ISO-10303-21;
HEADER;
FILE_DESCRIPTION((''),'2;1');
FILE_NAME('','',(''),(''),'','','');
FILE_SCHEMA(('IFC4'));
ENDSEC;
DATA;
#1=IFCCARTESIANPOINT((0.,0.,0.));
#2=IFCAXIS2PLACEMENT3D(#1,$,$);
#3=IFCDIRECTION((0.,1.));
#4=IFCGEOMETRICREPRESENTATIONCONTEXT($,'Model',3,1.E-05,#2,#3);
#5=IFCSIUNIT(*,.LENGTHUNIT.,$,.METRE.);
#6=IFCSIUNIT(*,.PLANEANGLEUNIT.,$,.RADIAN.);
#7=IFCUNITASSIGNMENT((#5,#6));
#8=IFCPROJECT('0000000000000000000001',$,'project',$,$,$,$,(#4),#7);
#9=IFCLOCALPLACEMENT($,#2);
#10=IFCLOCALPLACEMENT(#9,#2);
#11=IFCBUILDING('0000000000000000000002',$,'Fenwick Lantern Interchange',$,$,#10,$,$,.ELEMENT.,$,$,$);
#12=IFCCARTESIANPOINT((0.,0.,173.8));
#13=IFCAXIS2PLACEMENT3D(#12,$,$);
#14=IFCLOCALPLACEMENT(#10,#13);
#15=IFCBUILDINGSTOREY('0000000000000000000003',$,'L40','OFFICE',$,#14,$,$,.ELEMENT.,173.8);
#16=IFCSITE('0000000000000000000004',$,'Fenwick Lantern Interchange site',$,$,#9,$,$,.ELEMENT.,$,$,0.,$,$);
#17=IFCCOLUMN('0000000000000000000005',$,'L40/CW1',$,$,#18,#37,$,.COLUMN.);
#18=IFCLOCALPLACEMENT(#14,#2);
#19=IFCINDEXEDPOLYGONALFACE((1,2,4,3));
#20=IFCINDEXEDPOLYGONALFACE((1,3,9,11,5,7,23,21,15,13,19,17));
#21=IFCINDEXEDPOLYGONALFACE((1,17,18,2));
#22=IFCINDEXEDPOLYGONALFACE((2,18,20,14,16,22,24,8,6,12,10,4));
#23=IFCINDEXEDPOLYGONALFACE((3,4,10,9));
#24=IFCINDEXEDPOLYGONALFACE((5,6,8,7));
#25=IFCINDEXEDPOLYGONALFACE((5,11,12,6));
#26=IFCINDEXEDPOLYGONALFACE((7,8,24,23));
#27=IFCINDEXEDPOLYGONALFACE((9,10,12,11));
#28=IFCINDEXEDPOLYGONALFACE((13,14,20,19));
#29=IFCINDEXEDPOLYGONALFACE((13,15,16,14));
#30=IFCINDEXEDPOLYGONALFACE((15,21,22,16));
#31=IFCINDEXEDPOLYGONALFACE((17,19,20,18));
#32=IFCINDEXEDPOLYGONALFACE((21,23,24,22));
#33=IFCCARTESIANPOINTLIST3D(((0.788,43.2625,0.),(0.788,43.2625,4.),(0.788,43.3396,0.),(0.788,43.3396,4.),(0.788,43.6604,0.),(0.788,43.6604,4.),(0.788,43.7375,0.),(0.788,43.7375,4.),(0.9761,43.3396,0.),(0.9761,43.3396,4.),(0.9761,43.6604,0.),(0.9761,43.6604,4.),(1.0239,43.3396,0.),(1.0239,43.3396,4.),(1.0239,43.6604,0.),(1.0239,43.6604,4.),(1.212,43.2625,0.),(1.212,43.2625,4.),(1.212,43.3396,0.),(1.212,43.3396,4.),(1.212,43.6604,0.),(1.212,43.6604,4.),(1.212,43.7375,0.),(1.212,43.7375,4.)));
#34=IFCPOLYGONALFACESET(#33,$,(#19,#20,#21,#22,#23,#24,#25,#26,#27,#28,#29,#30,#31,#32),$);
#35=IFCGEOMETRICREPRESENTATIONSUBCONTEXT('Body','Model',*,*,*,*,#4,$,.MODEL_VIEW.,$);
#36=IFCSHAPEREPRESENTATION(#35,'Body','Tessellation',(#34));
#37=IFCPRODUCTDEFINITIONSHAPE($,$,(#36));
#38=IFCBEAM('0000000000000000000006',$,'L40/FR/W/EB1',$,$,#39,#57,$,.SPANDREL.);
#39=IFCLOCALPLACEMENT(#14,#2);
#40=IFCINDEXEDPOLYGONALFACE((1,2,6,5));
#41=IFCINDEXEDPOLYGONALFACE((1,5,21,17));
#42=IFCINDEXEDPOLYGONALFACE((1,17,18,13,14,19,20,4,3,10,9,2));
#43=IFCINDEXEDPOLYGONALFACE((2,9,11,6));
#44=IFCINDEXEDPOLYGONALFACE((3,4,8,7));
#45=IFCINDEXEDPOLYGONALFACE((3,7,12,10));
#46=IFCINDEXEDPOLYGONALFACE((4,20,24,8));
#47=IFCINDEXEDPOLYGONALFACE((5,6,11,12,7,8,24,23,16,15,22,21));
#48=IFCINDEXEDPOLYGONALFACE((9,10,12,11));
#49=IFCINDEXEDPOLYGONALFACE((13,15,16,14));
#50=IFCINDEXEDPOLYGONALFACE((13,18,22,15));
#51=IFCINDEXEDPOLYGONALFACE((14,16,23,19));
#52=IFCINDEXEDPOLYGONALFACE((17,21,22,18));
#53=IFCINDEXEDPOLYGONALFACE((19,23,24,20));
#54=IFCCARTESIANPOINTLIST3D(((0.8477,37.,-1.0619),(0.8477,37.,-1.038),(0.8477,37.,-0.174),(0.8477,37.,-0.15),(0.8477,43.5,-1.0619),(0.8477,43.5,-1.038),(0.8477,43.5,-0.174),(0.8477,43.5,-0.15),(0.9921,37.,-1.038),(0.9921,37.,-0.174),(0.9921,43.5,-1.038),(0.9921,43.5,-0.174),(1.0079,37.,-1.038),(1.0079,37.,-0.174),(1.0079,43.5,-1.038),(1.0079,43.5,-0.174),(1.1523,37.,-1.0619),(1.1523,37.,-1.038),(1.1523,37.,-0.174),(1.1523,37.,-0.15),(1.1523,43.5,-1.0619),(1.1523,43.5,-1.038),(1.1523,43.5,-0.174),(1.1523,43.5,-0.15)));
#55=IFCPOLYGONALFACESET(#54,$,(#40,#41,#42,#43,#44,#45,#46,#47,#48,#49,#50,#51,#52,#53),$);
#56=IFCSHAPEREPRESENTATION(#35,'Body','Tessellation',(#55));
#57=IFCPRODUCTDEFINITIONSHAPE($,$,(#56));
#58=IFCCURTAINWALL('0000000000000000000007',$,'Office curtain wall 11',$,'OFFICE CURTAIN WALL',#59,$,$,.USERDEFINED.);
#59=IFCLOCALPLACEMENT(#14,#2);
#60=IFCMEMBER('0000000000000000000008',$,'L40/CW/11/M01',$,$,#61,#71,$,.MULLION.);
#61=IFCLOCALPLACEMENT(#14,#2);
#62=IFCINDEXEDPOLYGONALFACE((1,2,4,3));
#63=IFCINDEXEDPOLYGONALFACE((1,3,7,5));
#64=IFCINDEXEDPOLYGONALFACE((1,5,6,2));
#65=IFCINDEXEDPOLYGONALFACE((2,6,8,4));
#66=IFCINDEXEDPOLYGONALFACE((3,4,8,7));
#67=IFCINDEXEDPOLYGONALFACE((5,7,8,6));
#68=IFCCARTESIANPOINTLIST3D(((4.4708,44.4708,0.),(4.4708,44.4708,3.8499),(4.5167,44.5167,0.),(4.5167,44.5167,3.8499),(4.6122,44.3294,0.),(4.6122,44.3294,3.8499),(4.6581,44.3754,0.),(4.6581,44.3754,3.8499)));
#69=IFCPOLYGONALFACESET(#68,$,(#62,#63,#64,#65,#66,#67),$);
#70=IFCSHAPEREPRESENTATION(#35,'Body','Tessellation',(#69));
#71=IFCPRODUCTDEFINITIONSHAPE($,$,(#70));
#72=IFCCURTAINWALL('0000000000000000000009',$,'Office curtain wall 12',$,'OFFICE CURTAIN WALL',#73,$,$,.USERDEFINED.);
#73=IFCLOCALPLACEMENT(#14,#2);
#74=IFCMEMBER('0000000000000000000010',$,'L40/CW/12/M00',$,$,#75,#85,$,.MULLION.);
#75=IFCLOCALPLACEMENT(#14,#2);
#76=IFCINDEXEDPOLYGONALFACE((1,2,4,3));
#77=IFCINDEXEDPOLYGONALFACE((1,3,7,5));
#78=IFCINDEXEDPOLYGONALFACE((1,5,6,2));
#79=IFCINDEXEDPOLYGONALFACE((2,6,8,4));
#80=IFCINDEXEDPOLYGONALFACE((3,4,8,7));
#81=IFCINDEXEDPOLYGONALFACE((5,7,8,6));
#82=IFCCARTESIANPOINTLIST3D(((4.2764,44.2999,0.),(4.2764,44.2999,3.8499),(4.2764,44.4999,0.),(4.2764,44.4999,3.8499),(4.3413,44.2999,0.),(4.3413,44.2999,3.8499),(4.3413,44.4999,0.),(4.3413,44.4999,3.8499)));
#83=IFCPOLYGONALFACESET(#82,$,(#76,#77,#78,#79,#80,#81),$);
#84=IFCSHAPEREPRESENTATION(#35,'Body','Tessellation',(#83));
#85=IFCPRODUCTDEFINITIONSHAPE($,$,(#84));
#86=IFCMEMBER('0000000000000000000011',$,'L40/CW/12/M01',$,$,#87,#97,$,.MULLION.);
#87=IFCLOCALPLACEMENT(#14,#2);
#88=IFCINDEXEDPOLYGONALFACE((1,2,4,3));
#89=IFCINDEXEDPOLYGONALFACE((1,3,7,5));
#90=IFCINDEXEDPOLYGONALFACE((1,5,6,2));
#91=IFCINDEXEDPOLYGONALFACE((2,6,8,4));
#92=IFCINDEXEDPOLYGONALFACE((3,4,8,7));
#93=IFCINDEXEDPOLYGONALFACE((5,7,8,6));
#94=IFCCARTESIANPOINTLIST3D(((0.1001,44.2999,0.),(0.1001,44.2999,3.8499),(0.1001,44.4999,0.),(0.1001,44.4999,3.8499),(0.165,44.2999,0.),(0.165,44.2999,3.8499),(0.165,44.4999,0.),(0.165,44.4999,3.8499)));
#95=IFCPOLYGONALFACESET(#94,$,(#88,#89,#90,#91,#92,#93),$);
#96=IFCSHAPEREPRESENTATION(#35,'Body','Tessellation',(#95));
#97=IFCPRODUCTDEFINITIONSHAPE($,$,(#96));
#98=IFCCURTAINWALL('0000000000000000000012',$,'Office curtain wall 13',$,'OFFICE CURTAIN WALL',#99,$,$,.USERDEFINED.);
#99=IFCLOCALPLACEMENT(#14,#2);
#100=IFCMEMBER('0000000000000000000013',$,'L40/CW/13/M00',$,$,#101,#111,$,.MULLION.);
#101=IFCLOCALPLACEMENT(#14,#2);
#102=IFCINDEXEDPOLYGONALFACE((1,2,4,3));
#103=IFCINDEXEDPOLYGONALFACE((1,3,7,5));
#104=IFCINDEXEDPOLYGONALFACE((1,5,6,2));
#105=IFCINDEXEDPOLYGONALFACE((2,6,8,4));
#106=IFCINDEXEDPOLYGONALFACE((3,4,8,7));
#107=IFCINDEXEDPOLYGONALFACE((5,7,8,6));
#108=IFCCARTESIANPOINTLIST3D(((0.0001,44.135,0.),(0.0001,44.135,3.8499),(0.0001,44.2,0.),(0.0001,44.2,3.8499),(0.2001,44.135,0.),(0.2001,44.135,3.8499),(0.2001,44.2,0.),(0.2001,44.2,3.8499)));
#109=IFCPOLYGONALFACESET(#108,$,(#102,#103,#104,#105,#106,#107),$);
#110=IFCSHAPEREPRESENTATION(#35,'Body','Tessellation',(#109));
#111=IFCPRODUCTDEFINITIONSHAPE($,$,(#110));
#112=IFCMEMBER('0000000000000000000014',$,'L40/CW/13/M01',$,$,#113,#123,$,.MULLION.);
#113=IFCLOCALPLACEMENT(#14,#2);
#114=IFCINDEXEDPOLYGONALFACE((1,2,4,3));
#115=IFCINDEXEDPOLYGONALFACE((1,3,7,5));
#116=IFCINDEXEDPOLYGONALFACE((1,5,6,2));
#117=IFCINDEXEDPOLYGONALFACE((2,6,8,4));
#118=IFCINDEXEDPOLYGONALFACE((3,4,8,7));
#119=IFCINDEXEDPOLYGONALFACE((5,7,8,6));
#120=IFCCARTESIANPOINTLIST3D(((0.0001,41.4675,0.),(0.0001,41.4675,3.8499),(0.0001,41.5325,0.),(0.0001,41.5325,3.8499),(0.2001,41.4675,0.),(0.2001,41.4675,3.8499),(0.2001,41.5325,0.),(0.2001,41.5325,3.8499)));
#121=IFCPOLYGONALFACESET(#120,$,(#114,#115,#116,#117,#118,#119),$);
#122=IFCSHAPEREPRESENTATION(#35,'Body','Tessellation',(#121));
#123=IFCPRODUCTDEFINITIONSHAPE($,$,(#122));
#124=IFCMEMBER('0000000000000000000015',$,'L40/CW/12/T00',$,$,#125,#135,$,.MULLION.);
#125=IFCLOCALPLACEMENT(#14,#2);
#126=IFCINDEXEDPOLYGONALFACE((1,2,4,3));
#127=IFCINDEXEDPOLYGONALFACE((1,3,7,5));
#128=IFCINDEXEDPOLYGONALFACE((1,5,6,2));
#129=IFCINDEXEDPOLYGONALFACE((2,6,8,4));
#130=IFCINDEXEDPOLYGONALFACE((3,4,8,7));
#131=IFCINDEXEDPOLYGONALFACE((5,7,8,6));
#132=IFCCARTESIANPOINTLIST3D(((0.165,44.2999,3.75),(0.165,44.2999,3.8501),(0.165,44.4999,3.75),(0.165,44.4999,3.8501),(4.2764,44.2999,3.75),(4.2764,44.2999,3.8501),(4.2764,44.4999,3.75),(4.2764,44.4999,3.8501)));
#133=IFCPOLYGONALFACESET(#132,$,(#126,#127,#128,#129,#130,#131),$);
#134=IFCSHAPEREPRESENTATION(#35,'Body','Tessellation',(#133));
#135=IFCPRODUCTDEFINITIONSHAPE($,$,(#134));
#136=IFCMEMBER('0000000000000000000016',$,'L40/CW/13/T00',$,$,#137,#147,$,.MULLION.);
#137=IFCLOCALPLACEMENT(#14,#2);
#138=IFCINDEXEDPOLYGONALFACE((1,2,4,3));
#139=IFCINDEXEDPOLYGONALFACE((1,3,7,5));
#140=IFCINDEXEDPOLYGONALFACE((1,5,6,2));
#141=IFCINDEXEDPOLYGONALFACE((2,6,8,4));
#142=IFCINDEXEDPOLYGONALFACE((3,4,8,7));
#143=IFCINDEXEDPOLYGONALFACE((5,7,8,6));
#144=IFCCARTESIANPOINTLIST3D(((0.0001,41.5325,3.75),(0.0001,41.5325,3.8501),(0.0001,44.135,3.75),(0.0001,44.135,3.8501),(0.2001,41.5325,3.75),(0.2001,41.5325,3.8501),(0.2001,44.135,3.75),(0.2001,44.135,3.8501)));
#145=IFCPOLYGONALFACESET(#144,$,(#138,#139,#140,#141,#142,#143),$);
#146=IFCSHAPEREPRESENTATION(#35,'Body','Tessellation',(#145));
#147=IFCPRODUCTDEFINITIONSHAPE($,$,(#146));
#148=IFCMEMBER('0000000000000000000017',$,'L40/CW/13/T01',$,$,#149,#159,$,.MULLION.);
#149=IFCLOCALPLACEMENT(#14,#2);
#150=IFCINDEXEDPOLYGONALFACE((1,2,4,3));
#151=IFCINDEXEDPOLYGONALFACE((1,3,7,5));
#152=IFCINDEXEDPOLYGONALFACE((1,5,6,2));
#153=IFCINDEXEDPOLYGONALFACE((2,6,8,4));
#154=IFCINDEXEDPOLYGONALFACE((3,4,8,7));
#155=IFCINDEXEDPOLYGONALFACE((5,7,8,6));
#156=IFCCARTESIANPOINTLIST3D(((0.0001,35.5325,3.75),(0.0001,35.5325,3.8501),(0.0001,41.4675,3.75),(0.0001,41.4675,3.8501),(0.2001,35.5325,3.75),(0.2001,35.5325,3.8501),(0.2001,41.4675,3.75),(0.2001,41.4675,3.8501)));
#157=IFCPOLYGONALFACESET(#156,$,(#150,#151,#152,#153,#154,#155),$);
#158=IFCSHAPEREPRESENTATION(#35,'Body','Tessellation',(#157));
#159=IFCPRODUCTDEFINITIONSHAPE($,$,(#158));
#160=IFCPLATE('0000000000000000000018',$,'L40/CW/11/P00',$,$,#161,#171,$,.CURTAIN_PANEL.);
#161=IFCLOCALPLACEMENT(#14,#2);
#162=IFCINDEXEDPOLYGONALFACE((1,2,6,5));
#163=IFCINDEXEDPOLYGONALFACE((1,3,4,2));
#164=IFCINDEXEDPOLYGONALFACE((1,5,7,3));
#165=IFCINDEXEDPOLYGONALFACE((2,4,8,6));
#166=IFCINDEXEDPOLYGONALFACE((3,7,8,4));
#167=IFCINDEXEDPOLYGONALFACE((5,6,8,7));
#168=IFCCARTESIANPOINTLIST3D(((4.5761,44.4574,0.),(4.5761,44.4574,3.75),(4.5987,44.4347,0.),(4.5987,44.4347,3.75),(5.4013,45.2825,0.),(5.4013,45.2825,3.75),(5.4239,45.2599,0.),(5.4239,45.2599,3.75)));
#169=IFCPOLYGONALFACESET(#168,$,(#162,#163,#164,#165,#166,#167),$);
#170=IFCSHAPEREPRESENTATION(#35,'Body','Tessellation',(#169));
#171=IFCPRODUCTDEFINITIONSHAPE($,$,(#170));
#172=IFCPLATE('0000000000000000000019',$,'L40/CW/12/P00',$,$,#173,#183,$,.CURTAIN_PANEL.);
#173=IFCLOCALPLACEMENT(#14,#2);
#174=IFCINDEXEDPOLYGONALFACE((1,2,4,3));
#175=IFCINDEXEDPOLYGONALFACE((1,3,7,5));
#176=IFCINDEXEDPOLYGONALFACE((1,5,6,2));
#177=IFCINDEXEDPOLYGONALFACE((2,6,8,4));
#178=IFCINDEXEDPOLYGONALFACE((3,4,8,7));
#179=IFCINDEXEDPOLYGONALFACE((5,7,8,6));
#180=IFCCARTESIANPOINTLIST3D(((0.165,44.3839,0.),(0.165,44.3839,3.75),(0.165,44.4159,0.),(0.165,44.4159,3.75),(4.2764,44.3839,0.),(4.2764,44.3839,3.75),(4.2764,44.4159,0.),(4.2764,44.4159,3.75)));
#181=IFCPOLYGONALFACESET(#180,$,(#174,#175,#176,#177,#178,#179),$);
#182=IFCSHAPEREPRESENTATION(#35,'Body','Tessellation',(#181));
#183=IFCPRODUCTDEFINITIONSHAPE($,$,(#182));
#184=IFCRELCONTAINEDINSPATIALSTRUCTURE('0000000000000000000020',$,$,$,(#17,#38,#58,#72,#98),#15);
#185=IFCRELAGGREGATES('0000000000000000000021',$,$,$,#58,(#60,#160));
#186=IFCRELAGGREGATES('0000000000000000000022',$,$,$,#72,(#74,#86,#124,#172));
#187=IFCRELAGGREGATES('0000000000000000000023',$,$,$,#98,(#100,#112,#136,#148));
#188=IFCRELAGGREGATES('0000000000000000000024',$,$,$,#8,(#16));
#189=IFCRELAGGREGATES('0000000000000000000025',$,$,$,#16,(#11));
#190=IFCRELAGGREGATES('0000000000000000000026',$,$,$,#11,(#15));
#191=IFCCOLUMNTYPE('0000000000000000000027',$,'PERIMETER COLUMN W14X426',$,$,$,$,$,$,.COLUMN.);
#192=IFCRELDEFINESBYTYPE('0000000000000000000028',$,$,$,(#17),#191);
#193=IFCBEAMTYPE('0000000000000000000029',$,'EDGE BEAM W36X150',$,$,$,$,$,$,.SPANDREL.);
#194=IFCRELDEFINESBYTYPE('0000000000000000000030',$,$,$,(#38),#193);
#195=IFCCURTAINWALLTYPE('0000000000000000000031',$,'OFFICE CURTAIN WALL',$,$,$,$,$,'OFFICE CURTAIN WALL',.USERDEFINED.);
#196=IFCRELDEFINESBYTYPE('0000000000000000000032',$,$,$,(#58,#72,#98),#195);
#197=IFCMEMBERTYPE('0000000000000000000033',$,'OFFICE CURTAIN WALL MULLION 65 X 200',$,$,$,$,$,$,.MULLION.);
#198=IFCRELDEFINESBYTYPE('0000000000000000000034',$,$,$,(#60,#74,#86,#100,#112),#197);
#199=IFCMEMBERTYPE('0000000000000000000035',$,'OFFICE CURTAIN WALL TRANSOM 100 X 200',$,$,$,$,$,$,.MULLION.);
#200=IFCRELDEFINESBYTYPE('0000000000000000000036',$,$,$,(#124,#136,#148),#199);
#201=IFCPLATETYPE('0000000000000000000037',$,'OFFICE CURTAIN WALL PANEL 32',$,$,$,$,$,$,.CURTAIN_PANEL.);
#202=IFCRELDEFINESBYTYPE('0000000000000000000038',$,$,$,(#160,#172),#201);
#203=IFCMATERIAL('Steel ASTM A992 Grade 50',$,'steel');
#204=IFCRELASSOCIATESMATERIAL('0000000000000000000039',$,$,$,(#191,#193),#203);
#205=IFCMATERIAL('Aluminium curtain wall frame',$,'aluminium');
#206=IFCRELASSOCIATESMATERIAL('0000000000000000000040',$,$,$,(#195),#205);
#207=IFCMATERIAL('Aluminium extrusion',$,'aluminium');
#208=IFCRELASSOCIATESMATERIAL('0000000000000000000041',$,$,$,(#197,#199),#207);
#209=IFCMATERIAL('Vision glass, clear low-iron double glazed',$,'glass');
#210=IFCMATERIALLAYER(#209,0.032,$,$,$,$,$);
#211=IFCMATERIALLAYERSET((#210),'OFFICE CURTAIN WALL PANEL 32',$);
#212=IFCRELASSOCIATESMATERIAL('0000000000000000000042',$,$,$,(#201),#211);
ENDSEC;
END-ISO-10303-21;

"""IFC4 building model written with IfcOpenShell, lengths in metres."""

from ifc_helpers import new_model, si_unit, direction, frame, origin, origin_2d, place, context, subcontext, project, spatial, rectangle, i_section, extrude, material, layer, layer_set, material_profile, profile_set, type_object, element, aggregate, save


model = new_model("IFC4")

# Units and contexts
model_context = context("Model", 3, precision=1e-05, world=origin(), true_north=direction((0.0, 1.0)))
body_context = subcontext(model_context, "Body", "Model", "MODEL_VIEW")
ifc_project = project(units=[si_unit("LENGTHUNIT", "METRE"), si_unit("PLANEANGLEUNIT", "RADIAN")], contexts=[model_context])

# Site, building, storey
site_placement = place(None, origin())
site = spatial("IfcSite", under=ifc_project, at=site_placement, Name="Fenwick Lantern Interchange site", CompositionType="ELEMENT", RefElevation=0.0)
building_placement = place(site_placement, origin())
building = spatial("IfcBuilding", under=site, at=building_placement, Name="Fenwick Lantern Interchange", CompositionType="ELEMENT")
storey_placement = place(building_placement, frame((0.0, 0.0, 173.8)))
storey = spatial("IfcBuildingStorey", under=building, at=storey_placement, Name="L40", Description="OFFICE", CompositionType="ELEMENT", Elevation=173.8)

# Column
ifc_material_1 = material(Name="Steel ASTM A992 Grade 50", Category="steel")
ifc_material_profile_1 = material_profile(ifc_material_1, i_section(OverallWidth=0.4241, OverallDepth=0.4751, WebThickness=0.0479, FlangeThickness=0.0771, at=origin_2d()), Name="W14X426")
ifc_profile_set_1 = profile_set([ifc_material_profile_1], Name="Steel ASTM A992 Grade 50")
column_type = type_object("IfcColumnType", Name="PERIMETER COLUMN W14X426", PredefinedType="COLUMN", material=ifc_profile_set_1)
column_placement = place(storey_placement, frame((1.0, 43.5, 0.0), z_axis=(0.0, 0.0, 1.0), x_axis=(1.0, 0.0, 0.0)))
element("IfcColumn", 1, at=column_placement, inside=storey, type_object=column_type, Name="L40/CW1", PredefinedType="COLUMN", context=body_context, shape_type="SweptSolid", body=[
    extrude(i_section(OverallWidth=0.4241, OverallDepth=0.4751, WebThickness=0.0479, FlangeThickness=0.0771, at=origin_2d()), origin(), (0.0, 0.0, 1.0), 4.0),
])

# Beam
ifc_material_profile_2 = material_profile(ifc_material_1, i_section(OverallWidth=0.3047, OverallDepth=0.9119, WebThickness=0.0159, FlangeThickness=0.0239, at=origin_2d()), Name="W36X150")
ifc_profile_set_2 = profile_set([ifc_material_profile_2], Name="Steel ASTM A992 Grade 50")
beam_type = type_object("IfcBeamType", Name="EDGE BEAM W36X150", PredefinedType="SPANDREL", material=ifc_profile_set_2)
beam_placement = place(storey_placement, frame((1.0, 43.5, -0.606), z_axis=(0.0, -1.0, 0.0), x_axis=(1.0, 0.0, 0.0)))
element("IfcBeam", 2, at=beam_placement, inside=storey, type_object=beam_type, Name="L40/FR/W/EB1", PredefinedType="SPANDREL", context=body_context, shape_type="SweptSolid", body=[
    extrude(i_section(OverallWidth=0.3047, OverallDepth=0.9119, WebThickness=0.0159, FlangeThickness=0.0239, at=origin_2d()), origin(), (0.0, 0.0, 1.0), 6.5),
])

# Curtain wall, member
ifc_material_2 = material(Name="Aluminium curtain wall frame", Category="aluminium")
curtain_wall_type = type_object("IfcCurtainWallType", Name="OFFICE CURTAIN WALL", ElementType="OFFICE CURTAIN WALL", PredefinedType="USERDEFINED", material=ifc_material_2)
curtain_wall_1_placement = place(storey_placement, origin())
curtain_wall_1 = element("IfcCurtainWall", 3, at=curtain_wall_1_placement, inside=storey, type_object=curtain_wall_type, Name="Office curtain wall 11", ObjectType="OFFICE CURTAIN WALL", PredefinedType="USERDEFINED")
ifc_material_3 = material(Name="Aluminium extrusion", Category="aluminium")
ifc_material_profile_3 = material_profile(ifc_material_3, rectangle(XDim=0.2, YDim=0.0649, at=origin_2d()), Name="OFFICE CURTAIN WALL MULLION 65 X 200")
ifc_profile_set_3 = profile_set([ifc_material_profile_3], Name="Aluminium extrusion")
member_type_1 = type_object("IfcMemberType", Name="OFFICE CURTAIN WALL MULLION 65 X 200", PredefinedType="MULLION", material=ifc_profile_set_3)
member_1_placement = place(storey_placement, frame((4.5645, 44.4231, 0.0), z_axis=(0.0, 0.0, 1.0), x_axis=(0.707107, -0.707107, 0.0)))
member_1 = element("IfcMember", 4, at=member_1_placement, type_object=member_type_1, Name="L40/CW/11/M01", PredefinedType="MULLION", context=body_context, shape_type="SweptSolid", body=[
    extrude(rectangle(XDim=0.2, YDim=0.0649, at=origin_2d()), origin(), (0.0, 0.0, 1.0), 3.8499),
])

# Curtain walls, members
curtain_wall_2_placement = place(storey_placement, origin())
curtain_wall_2 = element("IfcCurtainWall", 5, at=curtain_wall_2_placement, inside=storey, type_object=curtain_wall_type, Name="Office curtain wall 12", ObjectType="OFFICE CURTAIN WALL", PredefinedType="USERDEFINED")
member_2_placement = place(storey_placement, frame((4.3088, 44.3999, 0.0), z_axis=(0.0, 0.0, 1.0), x_axis=(0.0, -1.0, 0.0)))
member_2 = element("IfcMember", 6, at=member_2_placement, type_object=member_type_1, Name="L40/CW/12/M00", PredefinedType="MULLION", context=body_context, shape_type="SweptSolid", body=[
    extrude(rectangle(XDim=0.2, YDim=0.0649, at=origin_2d()), origin(), (0.0, 0.0, 1.0), 3.8499),
])
member_3_placement = place(storey_placement, frame((0.1326, 44.3999, 0.0), z_axis=(0.0, 0.0, 1.0), x_axis=(0.0, -1.0, 0.0)))
member_3 = element("IfcMember", 7, at=member_3_placement, type_object=member_type_1, Name="L40/CW/12/M01", PredefinedType="MULLION", context=body_context, shape_type="SweptSolid", body=[
    extrude(rectangle(XDim=0.2, YDim=0.0649, at=origin_2d()), origin(), (0.0, 0.0, 1.0), 3.8499),
])
curtain_wall_3_placement = place(storey_placement, origin())
curtain_wall_3 = element("IfcCurtainWall", 8, at=curtain_wall_3_placement, inside=storey, type_object=curtain_wall_type, Name="Office curtain wall 13", ObjectType="OFFICE CURTAIN WALL", PredefinedType="USERDEFINED")
member_4_placement = place(storey_placement, frame((0.1001, 44.1675, 0.0), z_axis=(0.0, 0.0, 1.0), x_axis=(1.0, 0.0, 0.0)))
member_4 = element("IfcMember", 9, at=member_4_placement, type_object=member_type_1, Name="L40/CW/13/M00", PredefinedType="MULLION", context=body_context, shape_type="SweptSolid", body=[
    extrude(rectangle(XDim=0.2, YDim=0.0649, at=origin_2d()), origin(), (0.0, 0.0, 1.0), 3.8499),
])
member_5_placement = place(storey_placement, frame((0.1001, 41.5, 0.0), z_axis=(0.0, 0.0, 1.0), x_axis=(1.0, 0.0, 0.0)))
member_5 = element("IfcMember", 10, at=member_5_placement, type_object=member_type_1, Name="L40/CW/13/M01", PredefinedType="MULLION", context=body_context, shape_type="SweptSolid", body=[
    extrude(rectangle(XDim=0.2, YDim=0.0649, at=origin_2d()), origin(), (0.0, 0.0, 1.0), 3.8499),
])

# Members
ifc_material_profile_4 = material_profile(ifc_material_3, rectangle(XDim=0.2, YDim=0.1001, at=origin_2d()), Name="OFFICE CURTAIN WALL TRANSOM 100 X 200")
ifc_profile_set_4 = profile_set([ifc_material_profile_4], Name="Aluminium extrusion")
member_type_2 = type_object("IfcMemberType", Name="OFFICE CURTAIN WALL TRANSOM 100 X 200", PredefinedType="MULLION", material=ifc_profile_set_4)
member_6_placement = place(storey_placement, frame((4.2764, 44.3999, 3.8), z_axis=(-1.0, 0.0, 0.0), x_axis=(0.0, -1.0, 0.0)))
member_6 = element("IfcMember", 11, at=member_6_placement, type_object=member_type_2, Name="L40/CW/12/T00", PredefinedType="MULLION", context=body_context, shape_type="SweptSolid", body=[
    extrude(rectangle(XDim=0.2, YDim=0.1001, at=origin_2d()), origin(), (0.0, 0.0, 1.0), 4.1113),
])
member_7_placement = place(storey_placement, frame((0.1001, 44.135, 3.8), z_axis=(0.0, -1.0, 0.0), x_axis=(1.0, 0.0, 0.0)))
member_7 = element("IfcMember", 12, at=member_7_placement, type_object=member_type_2, Name="L40/CW/13/T00", PredefinedType="MULLION", context=body_context, shape_type="SweptSolid", body=[
    extrude(rectangle(XDim=0.2, YDim=0.1001, at=origin_2d()), origin(), (0.0, 0.0, 1.0), 2.6025),
])
member_8_placement = place(storey_placement, frame((0.1001, 41.4675, 3.8), z_axis=(0.0, -1.0, 0.0), x_axis=(1.0, 0.0, 0.0)))
member_8 = element("IfcMember", 13, at=member_8_placement, type_object=member_type_2, Name="L40/CW/13/T01", PredefinedType="MULLION", context=body_context, shape_type="SweptSolid", body=[
    extrude(rectangle(XDim=0.2, YDim=0.1001, at=origin_2d()), origin(), (0.0, 0.0, 1.0), 5.9351),
])

# Plates
ifc_material_4 = material(Name="Vision glass, clear low-iron double glazed", Category="glass")
ifc_layer_1 = layer(ifc_material_4, 0.032)
ifc_layer_set_1 = layer_set([ifc_layer_1], Name="OFFICE CURTAIN WALL PANEL 32")
plate_type = type_object("IfcPlateType", Name="OFFICE CURTAIN WALL PANEL 32", PredefinedType="CURTAIN_PANEL", material=ifc_layer_set_1)
plate_1_placement = place(storey_placement, frame((5.0, 44.8586, 0.0), z_axis=(0.0, 0.0, 1.0), x_axis=(-0.707107, -0.707107, 0.0)))
plate_1 = element("IfcPlate", 14, at=plate_1_placement, type_object=plate_type, Name="L40/CW/11/P00", PredefinedType="CURTAIN_PANEL", context=body_context, shape_type="SweptSolid", body=[
    extrude(rectangle(XDim=1.167, YDim=0.032, at=origin_2d()), origin(), (0.0, 0.0, 1.0), 3.75),
])
aggregate(curtain_wall_1, [member_1, plate_1])
plate_2_placement = place(storey_placement, frame((2.2207, 44.3999, 0.0), z_axis=(0.0, 0.0, 1.0), x_axis=(-1.0, 0.0, 0.0)))
plate_2 = element("IfcPlate", 15, at=plate_2_placement, type_object=plate_type, Name="L40/CW/12/P00", PredefinedType="CURTAIN_PANEL", context=body_context, shape_type="SweptSolid", body=[
    extrude(rectangle(XDim=4.1113, YDim=0.032, at=origin_2d()), origin(), (0.0, 0.0, 1.0), 3.75),
])
aggregate(curtain_wall_2, [member_2, member_3, member_6, plate_2])
aggregate(curtain_wall_3, [member_4, member_5, member_7, member_8])

save(model, "model.ifc")
